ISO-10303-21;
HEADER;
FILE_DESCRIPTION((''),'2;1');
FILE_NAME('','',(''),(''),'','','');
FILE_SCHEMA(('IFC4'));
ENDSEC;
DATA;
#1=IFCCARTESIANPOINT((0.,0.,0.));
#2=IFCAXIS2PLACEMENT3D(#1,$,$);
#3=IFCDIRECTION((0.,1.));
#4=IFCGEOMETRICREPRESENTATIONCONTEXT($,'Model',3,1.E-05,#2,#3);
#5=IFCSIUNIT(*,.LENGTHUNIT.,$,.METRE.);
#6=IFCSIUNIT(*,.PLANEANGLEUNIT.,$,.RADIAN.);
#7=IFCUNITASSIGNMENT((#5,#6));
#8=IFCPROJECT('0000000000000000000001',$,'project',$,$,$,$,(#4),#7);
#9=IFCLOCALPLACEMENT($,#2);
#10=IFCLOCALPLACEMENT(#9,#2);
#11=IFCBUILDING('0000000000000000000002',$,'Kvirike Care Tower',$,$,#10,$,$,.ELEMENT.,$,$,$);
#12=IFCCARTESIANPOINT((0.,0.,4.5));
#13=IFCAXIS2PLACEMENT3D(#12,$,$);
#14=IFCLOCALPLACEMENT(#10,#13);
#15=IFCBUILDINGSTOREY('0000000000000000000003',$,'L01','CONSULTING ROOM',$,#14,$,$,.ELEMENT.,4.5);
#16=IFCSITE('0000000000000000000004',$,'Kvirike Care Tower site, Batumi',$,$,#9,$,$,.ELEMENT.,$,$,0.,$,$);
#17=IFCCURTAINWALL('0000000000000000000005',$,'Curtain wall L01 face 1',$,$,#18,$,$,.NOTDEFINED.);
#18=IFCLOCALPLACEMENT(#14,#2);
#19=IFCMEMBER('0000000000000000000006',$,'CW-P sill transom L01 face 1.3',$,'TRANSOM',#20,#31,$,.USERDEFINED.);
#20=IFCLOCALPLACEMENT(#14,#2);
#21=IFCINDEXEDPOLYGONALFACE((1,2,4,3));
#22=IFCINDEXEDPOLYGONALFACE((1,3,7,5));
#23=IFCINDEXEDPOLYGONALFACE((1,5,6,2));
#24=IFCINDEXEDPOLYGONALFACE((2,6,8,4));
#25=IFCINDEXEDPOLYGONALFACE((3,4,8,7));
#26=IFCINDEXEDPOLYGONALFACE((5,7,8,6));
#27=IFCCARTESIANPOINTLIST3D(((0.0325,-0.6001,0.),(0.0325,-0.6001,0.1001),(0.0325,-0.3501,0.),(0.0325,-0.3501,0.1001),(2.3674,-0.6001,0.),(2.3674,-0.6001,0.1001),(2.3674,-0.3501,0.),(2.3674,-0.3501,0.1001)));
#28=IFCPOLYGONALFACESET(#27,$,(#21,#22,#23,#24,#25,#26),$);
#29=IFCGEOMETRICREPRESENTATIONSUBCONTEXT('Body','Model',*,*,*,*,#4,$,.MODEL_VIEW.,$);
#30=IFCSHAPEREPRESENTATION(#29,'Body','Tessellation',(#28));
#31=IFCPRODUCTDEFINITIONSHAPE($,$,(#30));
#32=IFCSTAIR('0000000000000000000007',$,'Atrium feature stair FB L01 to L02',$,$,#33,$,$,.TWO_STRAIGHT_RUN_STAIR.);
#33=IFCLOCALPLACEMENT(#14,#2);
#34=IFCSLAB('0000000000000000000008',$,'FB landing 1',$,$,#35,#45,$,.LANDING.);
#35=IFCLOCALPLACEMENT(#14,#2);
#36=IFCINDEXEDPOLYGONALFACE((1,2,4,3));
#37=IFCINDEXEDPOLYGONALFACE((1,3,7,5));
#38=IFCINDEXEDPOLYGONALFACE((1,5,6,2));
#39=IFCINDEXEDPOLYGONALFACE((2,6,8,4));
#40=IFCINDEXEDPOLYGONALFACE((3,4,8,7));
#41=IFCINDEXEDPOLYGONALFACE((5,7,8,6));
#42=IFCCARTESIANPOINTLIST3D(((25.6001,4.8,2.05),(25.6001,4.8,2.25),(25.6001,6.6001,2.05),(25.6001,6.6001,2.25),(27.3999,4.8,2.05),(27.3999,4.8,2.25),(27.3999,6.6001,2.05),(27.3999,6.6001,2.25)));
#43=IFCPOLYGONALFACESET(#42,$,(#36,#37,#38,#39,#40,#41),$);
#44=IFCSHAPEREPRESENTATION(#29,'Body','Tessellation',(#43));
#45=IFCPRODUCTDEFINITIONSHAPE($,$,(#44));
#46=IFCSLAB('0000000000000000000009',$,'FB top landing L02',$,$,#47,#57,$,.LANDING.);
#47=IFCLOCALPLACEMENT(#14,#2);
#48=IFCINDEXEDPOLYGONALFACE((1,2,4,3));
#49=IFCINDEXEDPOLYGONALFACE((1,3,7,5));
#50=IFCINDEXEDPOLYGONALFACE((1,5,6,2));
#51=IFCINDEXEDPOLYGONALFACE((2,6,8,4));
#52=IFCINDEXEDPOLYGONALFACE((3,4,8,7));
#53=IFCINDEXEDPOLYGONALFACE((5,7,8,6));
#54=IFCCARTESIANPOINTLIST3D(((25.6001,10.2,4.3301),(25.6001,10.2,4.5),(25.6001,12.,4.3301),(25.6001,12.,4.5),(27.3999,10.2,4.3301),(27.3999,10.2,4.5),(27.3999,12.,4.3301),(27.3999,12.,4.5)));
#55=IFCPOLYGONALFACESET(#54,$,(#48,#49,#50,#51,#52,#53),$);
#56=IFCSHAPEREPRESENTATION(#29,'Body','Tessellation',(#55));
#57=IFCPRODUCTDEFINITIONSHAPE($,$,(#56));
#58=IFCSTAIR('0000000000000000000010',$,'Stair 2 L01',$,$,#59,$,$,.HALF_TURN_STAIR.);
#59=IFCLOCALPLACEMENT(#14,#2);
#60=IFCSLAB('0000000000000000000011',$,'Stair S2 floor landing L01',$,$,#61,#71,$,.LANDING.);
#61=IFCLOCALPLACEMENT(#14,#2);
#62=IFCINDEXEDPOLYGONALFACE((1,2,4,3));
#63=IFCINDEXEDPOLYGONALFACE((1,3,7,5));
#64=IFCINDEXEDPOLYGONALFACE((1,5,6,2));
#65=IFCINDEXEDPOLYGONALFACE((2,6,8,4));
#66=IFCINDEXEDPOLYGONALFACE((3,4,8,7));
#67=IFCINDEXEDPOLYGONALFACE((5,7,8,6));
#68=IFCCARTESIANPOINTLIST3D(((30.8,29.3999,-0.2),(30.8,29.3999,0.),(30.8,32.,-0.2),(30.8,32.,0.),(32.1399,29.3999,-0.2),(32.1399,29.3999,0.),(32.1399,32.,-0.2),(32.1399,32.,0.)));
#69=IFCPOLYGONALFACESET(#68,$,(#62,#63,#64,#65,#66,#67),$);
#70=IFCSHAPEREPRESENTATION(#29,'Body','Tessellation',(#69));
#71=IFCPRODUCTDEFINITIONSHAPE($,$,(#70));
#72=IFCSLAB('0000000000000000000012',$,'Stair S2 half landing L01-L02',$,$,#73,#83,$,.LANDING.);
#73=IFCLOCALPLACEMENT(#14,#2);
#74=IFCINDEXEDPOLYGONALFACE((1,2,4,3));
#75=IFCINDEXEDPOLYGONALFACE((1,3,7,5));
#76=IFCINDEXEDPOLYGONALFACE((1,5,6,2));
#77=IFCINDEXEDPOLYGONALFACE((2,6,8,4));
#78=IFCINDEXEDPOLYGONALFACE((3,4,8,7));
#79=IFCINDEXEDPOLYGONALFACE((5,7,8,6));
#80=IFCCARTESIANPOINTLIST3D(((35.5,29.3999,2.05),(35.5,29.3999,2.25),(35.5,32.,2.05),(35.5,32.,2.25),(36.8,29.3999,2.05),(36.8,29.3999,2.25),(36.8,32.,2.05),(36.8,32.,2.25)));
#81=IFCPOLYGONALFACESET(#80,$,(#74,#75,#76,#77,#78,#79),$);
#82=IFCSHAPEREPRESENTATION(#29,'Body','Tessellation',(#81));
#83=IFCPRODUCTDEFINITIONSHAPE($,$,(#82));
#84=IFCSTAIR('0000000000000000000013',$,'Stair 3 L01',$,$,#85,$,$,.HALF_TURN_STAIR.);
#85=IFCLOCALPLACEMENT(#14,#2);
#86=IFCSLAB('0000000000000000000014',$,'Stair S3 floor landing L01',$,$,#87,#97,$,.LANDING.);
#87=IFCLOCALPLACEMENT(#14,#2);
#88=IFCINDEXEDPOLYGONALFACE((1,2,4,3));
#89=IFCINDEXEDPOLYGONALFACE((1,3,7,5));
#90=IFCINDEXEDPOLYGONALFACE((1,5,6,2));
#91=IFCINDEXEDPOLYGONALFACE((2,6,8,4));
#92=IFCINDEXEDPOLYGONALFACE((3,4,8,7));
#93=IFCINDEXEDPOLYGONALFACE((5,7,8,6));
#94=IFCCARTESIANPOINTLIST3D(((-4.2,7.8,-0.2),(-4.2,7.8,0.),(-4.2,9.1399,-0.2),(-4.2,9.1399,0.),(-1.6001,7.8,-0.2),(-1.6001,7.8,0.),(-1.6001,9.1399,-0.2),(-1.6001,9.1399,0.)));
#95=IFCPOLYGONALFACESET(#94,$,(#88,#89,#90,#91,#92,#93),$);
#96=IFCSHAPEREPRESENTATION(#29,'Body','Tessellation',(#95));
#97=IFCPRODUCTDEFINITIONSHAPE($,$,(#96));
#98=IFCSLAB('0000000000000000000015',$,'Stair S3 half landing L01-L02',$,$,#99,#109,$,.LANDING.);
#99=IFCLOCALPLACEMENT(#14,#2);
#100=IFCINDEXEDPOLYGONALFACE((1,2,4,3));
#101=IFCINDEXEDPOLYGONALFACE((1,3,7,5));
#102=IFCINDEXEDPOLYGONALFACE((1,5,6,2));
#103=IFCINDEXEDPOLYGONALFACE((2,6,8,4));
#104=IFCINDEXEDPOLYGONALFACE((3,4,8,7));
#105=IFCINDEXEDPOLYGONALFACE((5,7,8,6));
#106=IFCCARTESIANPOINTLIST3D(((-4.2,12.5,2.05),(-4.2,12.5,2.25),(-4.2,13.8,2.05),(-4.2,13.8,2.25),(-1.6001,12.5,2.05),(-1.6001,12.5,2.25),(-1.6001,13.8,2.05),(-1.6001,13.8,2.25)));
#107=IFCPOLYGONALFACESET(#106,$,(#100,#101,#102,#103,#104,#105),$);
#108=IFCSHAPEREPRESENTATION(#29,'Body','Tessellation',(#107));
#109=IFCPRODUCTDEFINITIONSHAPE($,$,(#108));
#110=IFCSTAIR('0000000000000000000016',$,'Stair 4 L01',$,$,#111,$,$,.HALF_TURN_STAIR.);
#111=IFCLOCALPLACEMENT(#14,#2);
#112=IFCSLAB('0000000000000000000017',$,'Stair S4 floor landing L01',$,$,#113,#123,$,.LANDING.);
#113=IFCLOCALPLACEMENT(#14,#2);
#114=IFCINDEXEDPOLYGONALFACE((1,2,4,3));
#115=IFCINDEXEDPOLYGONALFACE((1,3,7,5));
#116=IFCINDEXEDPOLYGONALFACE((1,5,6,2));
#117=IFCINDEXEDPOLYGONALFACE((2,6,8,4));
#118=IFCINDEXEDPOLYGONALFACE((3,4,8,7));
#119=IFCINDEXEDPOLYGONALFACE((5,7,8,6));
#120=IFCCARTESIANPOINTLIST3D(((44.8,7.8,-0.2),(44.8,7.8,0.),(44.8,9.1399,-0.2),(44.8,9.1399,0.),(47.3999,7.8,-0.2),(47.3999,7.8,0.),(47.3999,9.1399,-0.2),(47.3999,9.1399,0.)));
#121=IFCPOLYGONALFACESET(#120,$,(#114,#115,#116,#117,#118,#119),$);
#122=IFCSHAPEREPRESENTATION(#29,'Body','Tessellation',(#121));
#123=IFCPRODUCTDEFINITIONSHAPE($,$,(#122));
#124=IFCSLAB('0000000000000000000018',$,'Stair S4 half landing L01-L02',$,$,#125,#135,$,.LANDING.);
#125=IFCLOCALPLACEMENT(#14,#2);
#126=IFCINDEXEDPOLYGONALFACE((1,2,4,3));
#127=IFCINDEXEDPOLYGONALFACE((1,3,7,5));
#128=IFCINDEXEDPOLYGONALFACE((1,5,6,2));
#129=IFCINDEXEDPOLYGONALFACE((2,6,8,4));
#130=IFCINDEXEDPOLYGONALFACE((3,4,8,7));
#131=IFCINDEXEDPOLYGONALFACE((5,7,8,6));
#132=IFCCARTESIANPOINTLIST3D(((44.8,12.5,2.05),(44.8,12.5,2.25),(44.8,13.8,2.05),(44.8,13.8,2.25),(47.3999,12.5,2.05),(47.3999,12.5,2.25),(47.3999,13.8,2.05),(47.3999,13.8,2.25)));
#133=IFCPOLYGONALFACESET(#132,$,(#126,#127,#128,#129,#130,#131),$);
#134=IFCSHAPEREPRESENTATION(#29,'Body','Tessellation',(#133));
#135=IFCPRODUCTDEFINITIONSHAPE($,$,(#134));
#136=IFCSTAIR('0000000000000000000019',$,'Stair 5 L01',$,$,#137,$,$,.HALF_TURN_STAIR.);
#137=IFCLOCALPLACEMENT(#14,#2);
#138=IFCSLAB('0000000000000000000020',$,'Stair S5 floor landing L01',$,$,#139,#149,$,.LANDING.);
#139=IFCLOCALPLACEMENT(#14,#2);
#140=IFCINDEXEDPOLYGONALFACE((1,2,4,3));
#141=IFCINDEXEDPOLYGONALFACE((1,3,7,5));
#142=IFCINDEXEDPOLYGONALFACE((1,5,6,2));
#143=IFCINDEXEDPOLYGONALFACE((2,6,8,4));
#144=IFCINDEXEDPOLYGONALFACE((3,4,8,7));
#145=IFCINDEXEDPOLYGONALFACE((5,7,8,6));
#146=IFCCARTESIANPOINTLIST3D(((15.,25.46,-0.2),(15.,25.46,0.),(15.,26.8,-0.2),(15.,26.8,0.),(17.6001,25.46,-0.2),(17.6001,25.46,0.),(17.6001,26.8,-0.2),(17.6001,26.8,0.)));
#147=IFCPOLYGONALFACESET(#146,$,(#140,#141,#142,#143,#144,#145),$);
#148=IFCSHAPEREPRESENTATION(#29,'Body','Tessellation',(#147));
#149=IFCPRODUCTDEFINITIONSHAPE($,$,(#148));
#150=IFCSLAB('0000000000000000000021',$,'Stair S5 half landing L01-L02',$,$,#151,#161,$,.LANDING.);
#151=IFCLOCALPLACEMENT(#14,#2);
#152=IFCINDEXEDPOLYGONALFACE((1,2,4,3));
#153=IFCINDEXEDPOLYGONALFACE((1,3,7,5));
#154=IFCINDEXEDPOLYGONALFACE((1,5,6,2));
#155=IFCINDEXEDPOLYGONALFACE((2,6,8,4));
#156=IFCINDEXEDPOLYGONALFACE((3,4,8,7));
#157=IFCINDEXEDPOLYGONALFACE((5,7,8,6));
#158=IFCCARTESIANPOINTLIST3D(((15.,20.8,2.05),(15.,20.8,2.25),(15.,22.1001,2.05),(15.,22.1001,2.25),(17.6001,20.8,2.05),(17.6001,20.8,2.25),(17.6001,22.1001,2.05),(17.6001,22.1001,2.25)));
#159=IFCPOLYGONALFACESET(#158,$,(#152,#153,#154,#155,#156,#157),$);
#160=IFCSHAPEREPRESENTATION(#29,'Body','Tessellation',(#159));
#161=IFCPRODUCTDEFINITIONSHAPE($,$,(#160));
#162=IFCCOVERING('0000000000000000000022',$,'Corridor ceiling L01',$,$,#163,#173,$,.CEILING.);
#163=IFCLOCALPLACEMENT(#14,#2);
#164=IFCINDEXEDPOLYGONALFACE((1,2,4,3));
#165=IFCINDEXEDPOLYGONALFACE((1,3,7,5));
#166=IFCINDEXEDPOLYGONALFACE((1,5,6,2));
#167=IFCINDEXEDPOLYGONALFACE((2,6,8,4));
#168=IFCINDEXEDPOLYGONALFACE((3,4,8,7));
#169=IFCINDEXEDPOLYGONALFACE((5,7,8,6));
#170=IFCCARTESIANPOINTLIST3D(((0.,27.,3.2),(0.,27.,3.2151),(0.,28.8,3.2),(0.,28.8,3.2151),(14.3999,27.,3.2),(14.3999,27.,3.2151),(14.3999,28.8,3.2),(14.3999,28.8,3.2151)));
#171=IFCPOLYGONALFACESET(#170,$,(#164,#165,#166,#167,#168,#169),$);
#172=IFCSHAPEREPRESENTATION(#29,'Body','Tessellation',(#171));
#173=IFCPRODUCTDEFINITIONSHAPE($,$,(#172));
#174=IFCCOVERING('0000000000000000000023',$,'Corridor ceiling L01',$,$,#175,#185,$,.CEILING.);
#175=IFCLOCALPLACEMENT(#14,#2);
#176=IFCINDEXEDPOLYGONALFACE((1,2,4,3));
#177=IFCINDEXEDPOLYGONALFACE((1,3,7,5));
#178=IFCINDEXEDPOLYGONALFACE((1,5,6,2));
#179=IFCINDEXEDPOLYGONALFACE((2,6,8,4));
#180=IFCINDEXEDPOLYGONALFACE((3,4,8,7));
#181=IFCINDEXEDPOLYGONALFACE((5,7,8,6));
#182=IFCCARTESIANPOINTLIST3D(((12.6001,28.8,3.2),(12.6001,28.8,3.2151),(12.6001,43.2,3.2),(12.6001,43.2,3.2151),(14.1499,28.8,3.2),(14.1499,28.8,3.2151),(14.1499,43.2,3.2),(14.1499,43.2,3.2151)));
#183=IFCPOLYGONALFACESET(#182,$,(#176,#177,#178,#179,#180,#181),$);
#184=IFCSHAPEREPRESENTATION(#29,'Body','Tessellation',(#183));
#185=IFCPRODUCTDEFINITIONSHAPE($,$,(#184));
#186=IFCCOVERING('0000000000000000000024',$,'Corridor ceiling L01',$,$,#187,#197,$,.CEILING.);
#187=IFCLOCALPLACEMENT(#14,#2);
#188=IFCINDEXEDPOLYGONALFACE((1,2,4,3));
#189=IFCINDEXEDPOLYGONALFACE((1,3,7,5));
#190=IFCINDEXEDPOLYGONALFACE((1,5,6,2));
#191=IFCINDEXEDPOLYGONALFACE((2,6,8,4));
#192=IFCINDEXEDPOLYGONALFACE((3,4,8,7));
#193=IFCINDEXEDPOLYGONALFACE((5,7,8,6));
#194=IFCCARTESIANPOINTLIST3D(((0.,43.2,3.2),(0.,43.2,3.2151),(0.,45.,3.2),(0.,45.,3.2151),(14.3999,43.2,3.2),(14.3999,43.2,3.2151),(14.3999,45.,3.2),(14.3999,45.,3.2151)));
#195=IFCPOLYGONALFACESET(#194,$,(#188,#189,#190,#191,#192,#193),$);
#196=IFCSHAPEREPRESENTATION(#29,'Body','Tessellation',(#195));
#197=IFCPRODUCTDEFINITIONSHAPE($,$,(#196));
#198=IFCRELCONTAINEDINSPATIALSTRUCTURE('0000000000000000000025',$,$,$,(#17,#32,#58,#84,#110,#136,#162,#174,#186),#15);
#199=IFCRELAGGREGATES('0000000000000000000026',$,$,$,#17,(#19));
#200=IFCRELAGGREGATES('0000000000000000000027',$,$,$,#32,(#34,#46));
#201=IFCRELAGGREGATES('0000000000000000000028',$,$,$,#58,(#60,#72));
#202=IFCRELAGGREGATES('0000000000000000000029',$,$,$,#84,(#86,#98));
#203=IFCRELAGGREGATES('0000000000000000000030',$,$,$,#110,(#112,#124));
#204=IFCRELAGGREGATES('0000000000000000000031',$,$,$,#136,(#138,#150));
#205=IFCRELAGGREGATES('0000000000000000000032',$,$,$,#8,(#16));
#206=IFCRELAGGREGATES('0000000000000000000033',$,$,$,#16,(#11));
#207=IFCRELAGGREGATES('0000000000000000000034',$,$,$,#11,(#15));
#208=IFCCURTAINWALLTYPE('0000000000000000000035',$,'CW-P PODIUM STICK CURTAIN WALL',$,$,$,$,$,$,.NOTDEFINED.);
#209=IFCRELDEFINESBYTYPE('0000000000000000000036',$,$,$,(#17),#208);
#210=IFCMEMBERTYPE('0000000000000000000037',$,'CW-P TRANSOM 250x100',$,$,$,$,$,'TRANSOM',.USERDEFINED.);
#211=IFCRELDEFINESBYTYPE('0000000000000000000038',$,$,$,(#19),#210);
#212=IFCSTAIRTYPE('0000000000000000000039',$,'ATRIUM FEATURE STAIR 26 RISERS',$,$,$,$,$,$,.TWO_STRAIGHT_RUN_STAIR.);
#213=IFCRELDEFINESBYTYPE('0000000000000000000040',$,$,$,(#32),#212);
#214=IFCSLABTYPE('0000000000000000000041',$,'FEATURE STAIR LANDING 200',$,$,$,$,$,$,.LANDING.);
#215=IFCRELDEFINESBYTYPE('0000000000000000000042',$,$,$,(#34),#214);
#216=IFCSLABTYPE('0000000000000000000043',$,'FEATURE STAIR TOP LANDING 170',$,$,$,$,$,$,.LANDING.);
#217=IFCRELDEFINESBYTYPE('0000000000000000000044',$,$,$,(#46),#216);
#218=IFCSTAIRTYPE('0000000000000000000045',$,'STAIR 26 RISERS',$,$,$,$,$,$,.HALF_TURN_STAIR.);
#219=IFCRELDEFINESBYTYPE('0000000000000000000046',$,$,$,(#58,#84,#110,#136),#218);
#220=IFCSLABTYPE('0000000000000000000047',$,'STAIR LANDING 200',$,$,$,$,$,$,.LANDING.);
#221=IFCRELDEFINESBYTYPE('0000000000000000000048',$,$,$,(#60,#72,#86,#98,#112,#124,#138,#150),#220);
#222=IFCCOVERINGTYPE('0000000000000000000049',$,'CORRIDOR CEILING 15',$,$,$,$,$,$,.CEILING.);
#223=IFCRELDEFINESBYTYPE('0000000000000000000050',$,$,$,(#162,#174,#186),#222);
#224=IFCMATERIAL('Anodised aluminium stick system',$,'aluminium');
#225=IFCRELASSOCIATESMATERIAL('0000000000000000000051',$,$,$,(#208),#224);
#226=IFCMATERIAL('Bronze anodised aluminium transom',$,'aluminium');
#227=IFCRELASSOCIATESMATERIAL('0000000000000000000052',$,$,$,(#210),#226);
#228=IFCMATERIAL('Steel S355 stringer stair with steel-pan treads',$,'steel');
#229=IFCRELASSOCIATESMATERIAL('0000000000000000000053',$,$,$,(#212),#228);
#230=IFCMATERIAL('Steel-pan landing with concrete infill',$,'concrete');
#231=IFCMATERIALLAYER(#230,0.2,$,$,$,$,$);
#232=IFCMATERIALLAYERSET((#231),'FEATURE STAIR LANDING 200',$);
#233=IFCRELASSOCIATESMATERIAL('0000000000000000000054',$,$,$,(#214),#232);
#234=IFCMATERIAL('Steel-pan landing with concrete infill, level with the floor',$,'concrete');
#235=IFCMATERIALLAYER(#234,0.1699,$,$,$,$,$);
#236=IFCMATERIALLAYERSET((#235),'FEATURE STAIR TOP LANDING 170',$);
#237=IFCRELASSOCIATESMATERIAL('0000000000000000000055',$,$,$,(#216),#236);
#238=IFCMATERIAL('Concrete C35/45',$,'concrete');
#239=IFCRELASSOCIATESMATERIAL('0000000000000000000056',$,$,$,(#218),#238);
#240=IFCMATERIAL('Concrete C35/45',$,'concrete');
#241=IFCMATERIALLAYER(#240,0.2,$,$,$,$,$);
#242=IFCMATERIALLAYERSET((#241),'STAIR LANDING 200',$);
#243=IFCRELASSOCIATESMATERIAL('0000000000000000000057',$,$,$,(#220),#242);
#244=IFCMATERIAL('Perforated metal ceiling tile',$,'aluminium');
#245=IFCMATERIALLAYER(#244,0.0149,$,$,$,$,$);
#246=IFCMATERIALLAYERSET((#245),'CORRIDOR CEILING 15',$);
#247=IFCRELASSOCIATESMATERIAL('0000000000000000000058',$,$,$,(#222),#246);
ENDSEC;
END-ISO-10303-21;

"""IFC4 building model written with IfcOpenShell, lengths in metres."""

from ifc_helpers import new_model, si_unit, direction, frame, origin, origin_2d, place, context, subcontext, project, spatial, polyline, rectangle, outline, extrude, material, layer, layer_set, material_profile, profile_set, type_object, element, aggregate, save


model = new_model("IFC4")

# Units and contexts
model_context = context("Model", 3, precision=1e-05, world=origin(), true_north=direction((0.0, 1.0)))
body_context = subcontext(model_context, "Body", "Model", "MODEL_VIEW")
ifc_project = project(units=[si_unit("LENGTHUNIT", "METRE"), si_unit("PLANEANGLEUNIT", "RADIAN")], contexts=[model_context])

# Site, building, storey
site_placement = place(None, origin())
site = spatial("IfcSite", under=ifc_project, at=site_placement, Name="Kvirike Care Tower site, Batumi", CompositionType="ELEMENT", RefElevation=0.0)
building_placement = place(site_placement, origin())
building = spatial("IfcBuilding", under=site, at=building_placement, Name="Kvirike Care Tower", CompositionType="ELEMENT")
storey_placement = place(building_placement, frame((0.0, 0.0, 4.5)))
storey = spatial("IfcBuildingStorey", under=building, at=storey_placement, Name="L01", Description="CONSULTING ROOM", CompositionType="ELEMENT", Elevation=4.5)

# Curtain wall, member
ifc_material_1 = material(Name="Anodised aluminium stick system", Category="aluminium")
curtain_wall_type = type_object("IfcCurtainWallType", Name="CW-P PODIUM STICK CURTAIN WALL", PredefinedType="NOTDEFINED", material=ifc_material_1)
curtain_wall_placement = place(storey_placement, origin())
curtain_wall = element("IfcCurtainWall", 1, at=curtain_wall_placement, inside=storey, type_object=curtain_wall_type, Name="Curtain wall L01 face 1", PredefinedType="NOTDEFINED")
ifc_material_2 = material(Name="Bronze anodised aluminium transom", Category="aluminium")
ifc_material_profile = material_profile(ifc_material_2, rectangle(XDim=0.25, YDim=0.1001, at=origin_2d()), Name="CW-P TRANSOM 250x100")
ifc_profile_set = profile_set([ifc_material_profile], Name="Bronze anodised aluminium transom")
member_type = type_object("IfcMemberType", Name="CW-P TRANSOM 250x100", ElementType="TRANSOM", PredefinedType="USERDEFINED", material=ifc_profile_set)
member_placement = place(storey_placement, frame((0.0325, -0.4751, 0.05), z_axis=(1.0, 0.0, 0.0), x_axis=(0.0, 1.0, 0.0)))
member = element("IfcMember", 2, at=member_placement, type_object=member_type, Name="CW-P sill transom L01 face 1.3", ObjectType="TRANSOM", PredefinedType="USERDEFINED", context=body_context, shape_type="SweptSolid", body=[
    extrude(rectangle(XDim=0.25, YDim=0.1001, at=origin_2d()), origin(), (0.0, 0.0, 1.0), 2.335),
])
aggregate(curtain_wall, [member])

# Stairs, slabs
ifc_material_3 = material(Name="Steel S355 stringer stair with steel-pan treads", Category="steel")
stair_type_1 = type_object("IfcStairType", Name="ATRIUM FEATURE STAIR 26 RISERS", PredefinedType="TWO_STRAIGHT_RUN_STAIR", material=ifc_material_3)
stair_1_placement = place(storey_placement, origin())
stair_1 = element("IfcStair", 3, at=stair_1_placement, inside=storey, type_object=stair_type_1, Name="Atrium feature stair FB L01 to L02", PredefinedType="TWO_STRAIGHT_RUN_STAIR")
ifc_material_4 = material(Name="Steel-pan landing with concrete infill", Category="concrete")
ifc_layer_1 = layer(ifc_material_4, 0.2)
ifc_layer_set_1 = layer_set([ifc_layer_1], Name="FEATURE STAIR LANDING 200")
slab_type_1 = type_object("IfcSlabType", Name="FEATURE STAIR LANDING 200", PredefinedType="LANDING", material=ifc_layer_set_1)
slab_1_placement = place(storey_placement, frame((0.0, 0.0, 2.05)))
slab_1 = element("IfcSlab", 4, at=slab_1_placement, type_object=slab_type_1, Name="FB landing 1", PredefinedType="LANDING", context=body_context, shape_type="SweptSolid", body=[
    extrude(outline(polyline([(25.6001, 4.8), (27.3999, 4.8), (27.3999, 6.6001), (25.6001, 6.6001), (25.6001, 4.8)])), origin(), (0.0, 0.0, 1.0), 0.2),
])
ifc_material_5 = material(Name="Steel-pan landing with concrete infill, level with the floor", Category="concrete")
ifc_layer_2 = layer(ifc_material_5, 0.1699)
ifc_layer_set_2 = layer_set([ifc_layer_2], Name="FEATURE STAIR TOP LANDING 170")
slab_type_2 = type_object("IfcSlabType", Name="FEATURE STAIR TOP LANDING 170", PredefinedType="LANDING", material=ifc_layer_set_2)
slab_2_placement = place(storey_placement, frame((0.0, 0.0, 4.3301)))
slab_2 = element("IfcSlab", 5, at=slab_2_placement, type_object=slab_type_2, Name="FB top landing L02", PredefinedType="LANDING", context=body_context, shape_type="SweptSolid", body=[
    extrude(outline(polyline([(25.6001, 10.2), (27.3999, 10.2), (27.3999, 12.0), (25.6001, 12.0), (25.6001, 10.2)])), origin(), (0.0, 0.0, 1.0), 0.1699),
])
aggregate(stair_1, [slab_1, slab_2])
ifc_material_6 = material(Name="Concrete C35/45", Category="concrete")
stair_type_2 = type_object("IfcStairType", Name="STAIR 26 RISERS", PredefinedType="HALF_TURN_STAIR", material=ifc_material_6)
stair_2_placement = place(storey_placement, origin())
stair_2 = element("IfcStair", 6, at=stair_2_placement, inside=storey, type_object=stair_type_2, Name="Stair 2 L01", PredefinedType="HALF_TURN_STAIR")
ifc_material_7 = material(Name="Concrete C35/45", Category="concrete")
ifc_layer_3 = layer(ifc_material_7, 0.2)
ifc_layer_set_3 = layer_set([ifc_layer_3], Name="STAIR LANDING 200")
slab_type_3 = type_object("IfcSlabType", Name="STAIR LANDING 200", PredefinedType="LANDING", material=ifc_layer_set_3)
slab_3_placement = place(storey_placement, frame((0.0, 0.0, -0.2)))
slab_3 = element("IfcSlab", 7, at=slab_3_placement, type_object=slab_type_3, Name="Stair S2 floor landing L01", PredefinedType="LANDING", context=body_context, shape_type="SweptSolid", body=[
    extrude(outline(polyline([(32.1399, 29.3999), (32.1399, 32.0), (30.8, 32.0), (30.8, 29.3999), (32.1399, 29.3999)])), origin(), (0.0, 0.0, 1.0), 0.2),
])
slab_4_placement = place(storey_placement, frame((0.0, 0.0, 2.05)))
slab_4 = element("IfcSlab", 8, at=slab_4_placement, type_object=slab_type_3, Name="Stair S2 half landing L01-L02", PredefinedType="LANDING", context=body_context, shape_type="SweptSolid", body=[
    extrude(outline(polyline([(36.8, 29.3999), (36.8, 32.0), (35.5, 32.0), (35.5, 29.3999), (36.8, 29.3999)])), origin(), (0.0, 0.0, 1.0), 0.2),
])
aggregate(stair_2, [slab_3, slab_4])
stair_3_placement = place(storey_placement, origin())
stair_3 = element("IfcStair", 9, at=stair_3_placement, inside=storey, type_object=stair_type_2, Name="Stair 3 L01", PredefinedType="HALF_TURN_STAIR")
slab_5_placement = place(storey_placement, frame((0.0, 0.0, -0.2)))
slab_5 = element("IfcSlab", 10, at=slab_5_placement, type_object=slab_type_3, Name="Stair S3 floor landing L01", PredefinedType="LANDING", context=body_context, shape_type="SweptSolid", body=[
    extrude(outline(polyline([(-4.2, 7.8), (-1.6001, 7.8), (-1.6001, 9.1399), (-4.2, 9.1399), (-4.2, 7.8)])), origin(), (0.0, 0.0, 1.0), 0.2),
])
slab_6_placement = place(storey_placement, frame((0.0, 0.0, 2.05)))
slab_6 = element("IfcSlab", 11, at=slab_6_placement, type_object=slab_type_3, Name="Stair S3 half landing L01-L02", PredefinedType="LANDING", context=body_context, shape_type="SweptSolid", body=[
    extrude(outline(polyline([(-4.2, 12.5), (-1.6001, 12.5), (-1.6001, 13.8), (-4.2, 13.8), (-4.2, 12.5)])), origin(), (0.0, 0.0, 1.0), 0.2),
])
aggregate(stair_3, [slab_5, slab_6])
stair_4_placement = place(storey_placement, origin())
stair_4 = element("IfcStair", 12, at=stair_4_placement, inside=storey, type_object=stair_type_2, Name="Stair 4 L01", PredefinedType="HALF_TURN_STAIR")
slab_7_placement = place(storey_placement, frame((0.0, 0.0, -0.2)))
slab_7 = element("IfcSlab", 13, at=slab_7_placement, type_object=slab_type_3, Name="Stair S4 floor landing L01", PredefinedType="LANDING", context=body_context, shape_type="SweptSolid", body=[
    extrude(outline(polyline([(44.8, 7.8), (47.3999, 7.8), (47.3999, 9.1399), (44.8, 9.1399), (44.8, 7.8)])), origin(), (0.0, 0.0, 1.0), 0.2),
])
slab_8_placement = place(storey_placement, frame((0.0, 0.0, 2.05)))
slab_8 = element("IfcSlab", 14, at=slab_8_placement, type_object=slab_type_3, Name="Stair S4 half landing L01-L02", PredefinedType="LANDING", context=body_context, shape_type="SweptSolid", body=[
    extrude(outline(polyline([(44.8, 12.5), (47.3999, 12.5), (47.3999, 13.8), (44.8, 13.8), (44.8, 12.5)])), origin(), (0.0, 0.0, 1.0), 0.2),
])
aggregate(stair_4, [slab_7, slab_8])
stair_5_placement = place(storey_placement, origin())
stair_5 = element("IfcStair", 15, at=stair_5_placement, inside=storey, type_object=stair_type_2, Name="Stair 5 L01", PredefinedType="HALF_TURN_STAIR")
slab_9_placement = place(storey_placement, frame((0.0, 0.0, -0.2)))
slab_9 = element("IfcSlab", 16, at=slab_9_placement, type_object=slab_type_3, Name="Stair S5 floor landing L01", PredefinedType="LANDING", context=body_context, shape_type="SweptSolid", body=[
    extrude(outline(polyline([(15.0, 25.46), (17.6001, 25.46), (17.6001, 26.8), (15.0, 26.8), (15.0, 25.46)])), origin(), (0.0, 0.0, 1.0), 0.2),
])
slab_10_placement = place(storey_placement, frame((0.0, 0.0, 2.05)))
slab_10 = element("IfcSlab", 17, at=slab_10_placement, type_object=slab_type_3, Name="Stair S5 half landing L01-L02", PredefinedType="LANDING", context=body_context, shape_type="SweptSolid", body=[
    extrude(outline(polyline([(15.0, 20.8), (17.6001, 20.8), (17.6001, 22.1001), (15.0, 22.1001), (15.0, 20.8)])), origin(), (0.0, 0.0, 1.0), 0.2),
])
aggregate(stair_5, [slab_9, slab_10])

# Coverings
ifc_material_8 = material(Name="Perforated metal ceiling tile", Category="aluminium")
ifc_layer_4 = layer(ifc_material_8, 0.0149)
ifc_layer_set_4 = layer_set([ifc_layer_4], Name="CORRIDOR CEILING 15")
covering_type_1 = type_object("IfcCoveringType", Name="CORRIDOR CEILING 15", PredefinedType="CEILING", material=ifc_layer_set_4)
covering_1_placement = place(storey_placement, frame((0.0, 0.0, 3.2)))
element("IfcCovering", 18, at=covering_1_placement, inside=storey, type_object=covering_type_1, Name="Corridor ceiling L01", PredefinedType="CEILING", context=body_context, shape_type="SweptSolid", body=[
    extrude(outline(polyline([(0.0, 27.0), (0.0, 28.8), (14.3999, 28.8), (14.3999, 27.0), (0.0, 27.0)])), origin(), (0.0, 0.0, 1.0), 0.0151),
])
covering_2_placement = place(storey_placement, frame((0.0, 0.0, 3.2)))
element("IfcCovering", 19, at=covering_2_placement, inside=storey, type_object=covering_type_1, Name="Corridor ceiling L01", PredefinedType="CEILING", context=body_context, shape_type="SweptSolid", body=[
    extrude(outline(polyline([(12.6001, 43.2), (14.1499, 43.2), (14.1499, 28.8), (12.6001, 28.8), (12.6001, 43.2)])), origin(), (0.0, 0.0, 1.0), 0.0151),
])
covering_3_placement = place(storey_placement, frame((0.0, 0.0, 3.2)))
element("IfcCovering", 20, at=covering_3_placement, inside=storey, type_object=covering_type_1, Name="Corridor ceiling L01", PredefinedType="CEILING", context=body_context, shape_type="SweptSolid", body=[
    extrude(outline(polyline([(14.3999, 45.0), (14.3999, 43.2), (0.0, 43.2), (0.0, 45.0), (14.3999, 45.0)])), origin(), (0.0, 0.0, 1.0), 0.0151),
])

save(model, "model.ifc")
